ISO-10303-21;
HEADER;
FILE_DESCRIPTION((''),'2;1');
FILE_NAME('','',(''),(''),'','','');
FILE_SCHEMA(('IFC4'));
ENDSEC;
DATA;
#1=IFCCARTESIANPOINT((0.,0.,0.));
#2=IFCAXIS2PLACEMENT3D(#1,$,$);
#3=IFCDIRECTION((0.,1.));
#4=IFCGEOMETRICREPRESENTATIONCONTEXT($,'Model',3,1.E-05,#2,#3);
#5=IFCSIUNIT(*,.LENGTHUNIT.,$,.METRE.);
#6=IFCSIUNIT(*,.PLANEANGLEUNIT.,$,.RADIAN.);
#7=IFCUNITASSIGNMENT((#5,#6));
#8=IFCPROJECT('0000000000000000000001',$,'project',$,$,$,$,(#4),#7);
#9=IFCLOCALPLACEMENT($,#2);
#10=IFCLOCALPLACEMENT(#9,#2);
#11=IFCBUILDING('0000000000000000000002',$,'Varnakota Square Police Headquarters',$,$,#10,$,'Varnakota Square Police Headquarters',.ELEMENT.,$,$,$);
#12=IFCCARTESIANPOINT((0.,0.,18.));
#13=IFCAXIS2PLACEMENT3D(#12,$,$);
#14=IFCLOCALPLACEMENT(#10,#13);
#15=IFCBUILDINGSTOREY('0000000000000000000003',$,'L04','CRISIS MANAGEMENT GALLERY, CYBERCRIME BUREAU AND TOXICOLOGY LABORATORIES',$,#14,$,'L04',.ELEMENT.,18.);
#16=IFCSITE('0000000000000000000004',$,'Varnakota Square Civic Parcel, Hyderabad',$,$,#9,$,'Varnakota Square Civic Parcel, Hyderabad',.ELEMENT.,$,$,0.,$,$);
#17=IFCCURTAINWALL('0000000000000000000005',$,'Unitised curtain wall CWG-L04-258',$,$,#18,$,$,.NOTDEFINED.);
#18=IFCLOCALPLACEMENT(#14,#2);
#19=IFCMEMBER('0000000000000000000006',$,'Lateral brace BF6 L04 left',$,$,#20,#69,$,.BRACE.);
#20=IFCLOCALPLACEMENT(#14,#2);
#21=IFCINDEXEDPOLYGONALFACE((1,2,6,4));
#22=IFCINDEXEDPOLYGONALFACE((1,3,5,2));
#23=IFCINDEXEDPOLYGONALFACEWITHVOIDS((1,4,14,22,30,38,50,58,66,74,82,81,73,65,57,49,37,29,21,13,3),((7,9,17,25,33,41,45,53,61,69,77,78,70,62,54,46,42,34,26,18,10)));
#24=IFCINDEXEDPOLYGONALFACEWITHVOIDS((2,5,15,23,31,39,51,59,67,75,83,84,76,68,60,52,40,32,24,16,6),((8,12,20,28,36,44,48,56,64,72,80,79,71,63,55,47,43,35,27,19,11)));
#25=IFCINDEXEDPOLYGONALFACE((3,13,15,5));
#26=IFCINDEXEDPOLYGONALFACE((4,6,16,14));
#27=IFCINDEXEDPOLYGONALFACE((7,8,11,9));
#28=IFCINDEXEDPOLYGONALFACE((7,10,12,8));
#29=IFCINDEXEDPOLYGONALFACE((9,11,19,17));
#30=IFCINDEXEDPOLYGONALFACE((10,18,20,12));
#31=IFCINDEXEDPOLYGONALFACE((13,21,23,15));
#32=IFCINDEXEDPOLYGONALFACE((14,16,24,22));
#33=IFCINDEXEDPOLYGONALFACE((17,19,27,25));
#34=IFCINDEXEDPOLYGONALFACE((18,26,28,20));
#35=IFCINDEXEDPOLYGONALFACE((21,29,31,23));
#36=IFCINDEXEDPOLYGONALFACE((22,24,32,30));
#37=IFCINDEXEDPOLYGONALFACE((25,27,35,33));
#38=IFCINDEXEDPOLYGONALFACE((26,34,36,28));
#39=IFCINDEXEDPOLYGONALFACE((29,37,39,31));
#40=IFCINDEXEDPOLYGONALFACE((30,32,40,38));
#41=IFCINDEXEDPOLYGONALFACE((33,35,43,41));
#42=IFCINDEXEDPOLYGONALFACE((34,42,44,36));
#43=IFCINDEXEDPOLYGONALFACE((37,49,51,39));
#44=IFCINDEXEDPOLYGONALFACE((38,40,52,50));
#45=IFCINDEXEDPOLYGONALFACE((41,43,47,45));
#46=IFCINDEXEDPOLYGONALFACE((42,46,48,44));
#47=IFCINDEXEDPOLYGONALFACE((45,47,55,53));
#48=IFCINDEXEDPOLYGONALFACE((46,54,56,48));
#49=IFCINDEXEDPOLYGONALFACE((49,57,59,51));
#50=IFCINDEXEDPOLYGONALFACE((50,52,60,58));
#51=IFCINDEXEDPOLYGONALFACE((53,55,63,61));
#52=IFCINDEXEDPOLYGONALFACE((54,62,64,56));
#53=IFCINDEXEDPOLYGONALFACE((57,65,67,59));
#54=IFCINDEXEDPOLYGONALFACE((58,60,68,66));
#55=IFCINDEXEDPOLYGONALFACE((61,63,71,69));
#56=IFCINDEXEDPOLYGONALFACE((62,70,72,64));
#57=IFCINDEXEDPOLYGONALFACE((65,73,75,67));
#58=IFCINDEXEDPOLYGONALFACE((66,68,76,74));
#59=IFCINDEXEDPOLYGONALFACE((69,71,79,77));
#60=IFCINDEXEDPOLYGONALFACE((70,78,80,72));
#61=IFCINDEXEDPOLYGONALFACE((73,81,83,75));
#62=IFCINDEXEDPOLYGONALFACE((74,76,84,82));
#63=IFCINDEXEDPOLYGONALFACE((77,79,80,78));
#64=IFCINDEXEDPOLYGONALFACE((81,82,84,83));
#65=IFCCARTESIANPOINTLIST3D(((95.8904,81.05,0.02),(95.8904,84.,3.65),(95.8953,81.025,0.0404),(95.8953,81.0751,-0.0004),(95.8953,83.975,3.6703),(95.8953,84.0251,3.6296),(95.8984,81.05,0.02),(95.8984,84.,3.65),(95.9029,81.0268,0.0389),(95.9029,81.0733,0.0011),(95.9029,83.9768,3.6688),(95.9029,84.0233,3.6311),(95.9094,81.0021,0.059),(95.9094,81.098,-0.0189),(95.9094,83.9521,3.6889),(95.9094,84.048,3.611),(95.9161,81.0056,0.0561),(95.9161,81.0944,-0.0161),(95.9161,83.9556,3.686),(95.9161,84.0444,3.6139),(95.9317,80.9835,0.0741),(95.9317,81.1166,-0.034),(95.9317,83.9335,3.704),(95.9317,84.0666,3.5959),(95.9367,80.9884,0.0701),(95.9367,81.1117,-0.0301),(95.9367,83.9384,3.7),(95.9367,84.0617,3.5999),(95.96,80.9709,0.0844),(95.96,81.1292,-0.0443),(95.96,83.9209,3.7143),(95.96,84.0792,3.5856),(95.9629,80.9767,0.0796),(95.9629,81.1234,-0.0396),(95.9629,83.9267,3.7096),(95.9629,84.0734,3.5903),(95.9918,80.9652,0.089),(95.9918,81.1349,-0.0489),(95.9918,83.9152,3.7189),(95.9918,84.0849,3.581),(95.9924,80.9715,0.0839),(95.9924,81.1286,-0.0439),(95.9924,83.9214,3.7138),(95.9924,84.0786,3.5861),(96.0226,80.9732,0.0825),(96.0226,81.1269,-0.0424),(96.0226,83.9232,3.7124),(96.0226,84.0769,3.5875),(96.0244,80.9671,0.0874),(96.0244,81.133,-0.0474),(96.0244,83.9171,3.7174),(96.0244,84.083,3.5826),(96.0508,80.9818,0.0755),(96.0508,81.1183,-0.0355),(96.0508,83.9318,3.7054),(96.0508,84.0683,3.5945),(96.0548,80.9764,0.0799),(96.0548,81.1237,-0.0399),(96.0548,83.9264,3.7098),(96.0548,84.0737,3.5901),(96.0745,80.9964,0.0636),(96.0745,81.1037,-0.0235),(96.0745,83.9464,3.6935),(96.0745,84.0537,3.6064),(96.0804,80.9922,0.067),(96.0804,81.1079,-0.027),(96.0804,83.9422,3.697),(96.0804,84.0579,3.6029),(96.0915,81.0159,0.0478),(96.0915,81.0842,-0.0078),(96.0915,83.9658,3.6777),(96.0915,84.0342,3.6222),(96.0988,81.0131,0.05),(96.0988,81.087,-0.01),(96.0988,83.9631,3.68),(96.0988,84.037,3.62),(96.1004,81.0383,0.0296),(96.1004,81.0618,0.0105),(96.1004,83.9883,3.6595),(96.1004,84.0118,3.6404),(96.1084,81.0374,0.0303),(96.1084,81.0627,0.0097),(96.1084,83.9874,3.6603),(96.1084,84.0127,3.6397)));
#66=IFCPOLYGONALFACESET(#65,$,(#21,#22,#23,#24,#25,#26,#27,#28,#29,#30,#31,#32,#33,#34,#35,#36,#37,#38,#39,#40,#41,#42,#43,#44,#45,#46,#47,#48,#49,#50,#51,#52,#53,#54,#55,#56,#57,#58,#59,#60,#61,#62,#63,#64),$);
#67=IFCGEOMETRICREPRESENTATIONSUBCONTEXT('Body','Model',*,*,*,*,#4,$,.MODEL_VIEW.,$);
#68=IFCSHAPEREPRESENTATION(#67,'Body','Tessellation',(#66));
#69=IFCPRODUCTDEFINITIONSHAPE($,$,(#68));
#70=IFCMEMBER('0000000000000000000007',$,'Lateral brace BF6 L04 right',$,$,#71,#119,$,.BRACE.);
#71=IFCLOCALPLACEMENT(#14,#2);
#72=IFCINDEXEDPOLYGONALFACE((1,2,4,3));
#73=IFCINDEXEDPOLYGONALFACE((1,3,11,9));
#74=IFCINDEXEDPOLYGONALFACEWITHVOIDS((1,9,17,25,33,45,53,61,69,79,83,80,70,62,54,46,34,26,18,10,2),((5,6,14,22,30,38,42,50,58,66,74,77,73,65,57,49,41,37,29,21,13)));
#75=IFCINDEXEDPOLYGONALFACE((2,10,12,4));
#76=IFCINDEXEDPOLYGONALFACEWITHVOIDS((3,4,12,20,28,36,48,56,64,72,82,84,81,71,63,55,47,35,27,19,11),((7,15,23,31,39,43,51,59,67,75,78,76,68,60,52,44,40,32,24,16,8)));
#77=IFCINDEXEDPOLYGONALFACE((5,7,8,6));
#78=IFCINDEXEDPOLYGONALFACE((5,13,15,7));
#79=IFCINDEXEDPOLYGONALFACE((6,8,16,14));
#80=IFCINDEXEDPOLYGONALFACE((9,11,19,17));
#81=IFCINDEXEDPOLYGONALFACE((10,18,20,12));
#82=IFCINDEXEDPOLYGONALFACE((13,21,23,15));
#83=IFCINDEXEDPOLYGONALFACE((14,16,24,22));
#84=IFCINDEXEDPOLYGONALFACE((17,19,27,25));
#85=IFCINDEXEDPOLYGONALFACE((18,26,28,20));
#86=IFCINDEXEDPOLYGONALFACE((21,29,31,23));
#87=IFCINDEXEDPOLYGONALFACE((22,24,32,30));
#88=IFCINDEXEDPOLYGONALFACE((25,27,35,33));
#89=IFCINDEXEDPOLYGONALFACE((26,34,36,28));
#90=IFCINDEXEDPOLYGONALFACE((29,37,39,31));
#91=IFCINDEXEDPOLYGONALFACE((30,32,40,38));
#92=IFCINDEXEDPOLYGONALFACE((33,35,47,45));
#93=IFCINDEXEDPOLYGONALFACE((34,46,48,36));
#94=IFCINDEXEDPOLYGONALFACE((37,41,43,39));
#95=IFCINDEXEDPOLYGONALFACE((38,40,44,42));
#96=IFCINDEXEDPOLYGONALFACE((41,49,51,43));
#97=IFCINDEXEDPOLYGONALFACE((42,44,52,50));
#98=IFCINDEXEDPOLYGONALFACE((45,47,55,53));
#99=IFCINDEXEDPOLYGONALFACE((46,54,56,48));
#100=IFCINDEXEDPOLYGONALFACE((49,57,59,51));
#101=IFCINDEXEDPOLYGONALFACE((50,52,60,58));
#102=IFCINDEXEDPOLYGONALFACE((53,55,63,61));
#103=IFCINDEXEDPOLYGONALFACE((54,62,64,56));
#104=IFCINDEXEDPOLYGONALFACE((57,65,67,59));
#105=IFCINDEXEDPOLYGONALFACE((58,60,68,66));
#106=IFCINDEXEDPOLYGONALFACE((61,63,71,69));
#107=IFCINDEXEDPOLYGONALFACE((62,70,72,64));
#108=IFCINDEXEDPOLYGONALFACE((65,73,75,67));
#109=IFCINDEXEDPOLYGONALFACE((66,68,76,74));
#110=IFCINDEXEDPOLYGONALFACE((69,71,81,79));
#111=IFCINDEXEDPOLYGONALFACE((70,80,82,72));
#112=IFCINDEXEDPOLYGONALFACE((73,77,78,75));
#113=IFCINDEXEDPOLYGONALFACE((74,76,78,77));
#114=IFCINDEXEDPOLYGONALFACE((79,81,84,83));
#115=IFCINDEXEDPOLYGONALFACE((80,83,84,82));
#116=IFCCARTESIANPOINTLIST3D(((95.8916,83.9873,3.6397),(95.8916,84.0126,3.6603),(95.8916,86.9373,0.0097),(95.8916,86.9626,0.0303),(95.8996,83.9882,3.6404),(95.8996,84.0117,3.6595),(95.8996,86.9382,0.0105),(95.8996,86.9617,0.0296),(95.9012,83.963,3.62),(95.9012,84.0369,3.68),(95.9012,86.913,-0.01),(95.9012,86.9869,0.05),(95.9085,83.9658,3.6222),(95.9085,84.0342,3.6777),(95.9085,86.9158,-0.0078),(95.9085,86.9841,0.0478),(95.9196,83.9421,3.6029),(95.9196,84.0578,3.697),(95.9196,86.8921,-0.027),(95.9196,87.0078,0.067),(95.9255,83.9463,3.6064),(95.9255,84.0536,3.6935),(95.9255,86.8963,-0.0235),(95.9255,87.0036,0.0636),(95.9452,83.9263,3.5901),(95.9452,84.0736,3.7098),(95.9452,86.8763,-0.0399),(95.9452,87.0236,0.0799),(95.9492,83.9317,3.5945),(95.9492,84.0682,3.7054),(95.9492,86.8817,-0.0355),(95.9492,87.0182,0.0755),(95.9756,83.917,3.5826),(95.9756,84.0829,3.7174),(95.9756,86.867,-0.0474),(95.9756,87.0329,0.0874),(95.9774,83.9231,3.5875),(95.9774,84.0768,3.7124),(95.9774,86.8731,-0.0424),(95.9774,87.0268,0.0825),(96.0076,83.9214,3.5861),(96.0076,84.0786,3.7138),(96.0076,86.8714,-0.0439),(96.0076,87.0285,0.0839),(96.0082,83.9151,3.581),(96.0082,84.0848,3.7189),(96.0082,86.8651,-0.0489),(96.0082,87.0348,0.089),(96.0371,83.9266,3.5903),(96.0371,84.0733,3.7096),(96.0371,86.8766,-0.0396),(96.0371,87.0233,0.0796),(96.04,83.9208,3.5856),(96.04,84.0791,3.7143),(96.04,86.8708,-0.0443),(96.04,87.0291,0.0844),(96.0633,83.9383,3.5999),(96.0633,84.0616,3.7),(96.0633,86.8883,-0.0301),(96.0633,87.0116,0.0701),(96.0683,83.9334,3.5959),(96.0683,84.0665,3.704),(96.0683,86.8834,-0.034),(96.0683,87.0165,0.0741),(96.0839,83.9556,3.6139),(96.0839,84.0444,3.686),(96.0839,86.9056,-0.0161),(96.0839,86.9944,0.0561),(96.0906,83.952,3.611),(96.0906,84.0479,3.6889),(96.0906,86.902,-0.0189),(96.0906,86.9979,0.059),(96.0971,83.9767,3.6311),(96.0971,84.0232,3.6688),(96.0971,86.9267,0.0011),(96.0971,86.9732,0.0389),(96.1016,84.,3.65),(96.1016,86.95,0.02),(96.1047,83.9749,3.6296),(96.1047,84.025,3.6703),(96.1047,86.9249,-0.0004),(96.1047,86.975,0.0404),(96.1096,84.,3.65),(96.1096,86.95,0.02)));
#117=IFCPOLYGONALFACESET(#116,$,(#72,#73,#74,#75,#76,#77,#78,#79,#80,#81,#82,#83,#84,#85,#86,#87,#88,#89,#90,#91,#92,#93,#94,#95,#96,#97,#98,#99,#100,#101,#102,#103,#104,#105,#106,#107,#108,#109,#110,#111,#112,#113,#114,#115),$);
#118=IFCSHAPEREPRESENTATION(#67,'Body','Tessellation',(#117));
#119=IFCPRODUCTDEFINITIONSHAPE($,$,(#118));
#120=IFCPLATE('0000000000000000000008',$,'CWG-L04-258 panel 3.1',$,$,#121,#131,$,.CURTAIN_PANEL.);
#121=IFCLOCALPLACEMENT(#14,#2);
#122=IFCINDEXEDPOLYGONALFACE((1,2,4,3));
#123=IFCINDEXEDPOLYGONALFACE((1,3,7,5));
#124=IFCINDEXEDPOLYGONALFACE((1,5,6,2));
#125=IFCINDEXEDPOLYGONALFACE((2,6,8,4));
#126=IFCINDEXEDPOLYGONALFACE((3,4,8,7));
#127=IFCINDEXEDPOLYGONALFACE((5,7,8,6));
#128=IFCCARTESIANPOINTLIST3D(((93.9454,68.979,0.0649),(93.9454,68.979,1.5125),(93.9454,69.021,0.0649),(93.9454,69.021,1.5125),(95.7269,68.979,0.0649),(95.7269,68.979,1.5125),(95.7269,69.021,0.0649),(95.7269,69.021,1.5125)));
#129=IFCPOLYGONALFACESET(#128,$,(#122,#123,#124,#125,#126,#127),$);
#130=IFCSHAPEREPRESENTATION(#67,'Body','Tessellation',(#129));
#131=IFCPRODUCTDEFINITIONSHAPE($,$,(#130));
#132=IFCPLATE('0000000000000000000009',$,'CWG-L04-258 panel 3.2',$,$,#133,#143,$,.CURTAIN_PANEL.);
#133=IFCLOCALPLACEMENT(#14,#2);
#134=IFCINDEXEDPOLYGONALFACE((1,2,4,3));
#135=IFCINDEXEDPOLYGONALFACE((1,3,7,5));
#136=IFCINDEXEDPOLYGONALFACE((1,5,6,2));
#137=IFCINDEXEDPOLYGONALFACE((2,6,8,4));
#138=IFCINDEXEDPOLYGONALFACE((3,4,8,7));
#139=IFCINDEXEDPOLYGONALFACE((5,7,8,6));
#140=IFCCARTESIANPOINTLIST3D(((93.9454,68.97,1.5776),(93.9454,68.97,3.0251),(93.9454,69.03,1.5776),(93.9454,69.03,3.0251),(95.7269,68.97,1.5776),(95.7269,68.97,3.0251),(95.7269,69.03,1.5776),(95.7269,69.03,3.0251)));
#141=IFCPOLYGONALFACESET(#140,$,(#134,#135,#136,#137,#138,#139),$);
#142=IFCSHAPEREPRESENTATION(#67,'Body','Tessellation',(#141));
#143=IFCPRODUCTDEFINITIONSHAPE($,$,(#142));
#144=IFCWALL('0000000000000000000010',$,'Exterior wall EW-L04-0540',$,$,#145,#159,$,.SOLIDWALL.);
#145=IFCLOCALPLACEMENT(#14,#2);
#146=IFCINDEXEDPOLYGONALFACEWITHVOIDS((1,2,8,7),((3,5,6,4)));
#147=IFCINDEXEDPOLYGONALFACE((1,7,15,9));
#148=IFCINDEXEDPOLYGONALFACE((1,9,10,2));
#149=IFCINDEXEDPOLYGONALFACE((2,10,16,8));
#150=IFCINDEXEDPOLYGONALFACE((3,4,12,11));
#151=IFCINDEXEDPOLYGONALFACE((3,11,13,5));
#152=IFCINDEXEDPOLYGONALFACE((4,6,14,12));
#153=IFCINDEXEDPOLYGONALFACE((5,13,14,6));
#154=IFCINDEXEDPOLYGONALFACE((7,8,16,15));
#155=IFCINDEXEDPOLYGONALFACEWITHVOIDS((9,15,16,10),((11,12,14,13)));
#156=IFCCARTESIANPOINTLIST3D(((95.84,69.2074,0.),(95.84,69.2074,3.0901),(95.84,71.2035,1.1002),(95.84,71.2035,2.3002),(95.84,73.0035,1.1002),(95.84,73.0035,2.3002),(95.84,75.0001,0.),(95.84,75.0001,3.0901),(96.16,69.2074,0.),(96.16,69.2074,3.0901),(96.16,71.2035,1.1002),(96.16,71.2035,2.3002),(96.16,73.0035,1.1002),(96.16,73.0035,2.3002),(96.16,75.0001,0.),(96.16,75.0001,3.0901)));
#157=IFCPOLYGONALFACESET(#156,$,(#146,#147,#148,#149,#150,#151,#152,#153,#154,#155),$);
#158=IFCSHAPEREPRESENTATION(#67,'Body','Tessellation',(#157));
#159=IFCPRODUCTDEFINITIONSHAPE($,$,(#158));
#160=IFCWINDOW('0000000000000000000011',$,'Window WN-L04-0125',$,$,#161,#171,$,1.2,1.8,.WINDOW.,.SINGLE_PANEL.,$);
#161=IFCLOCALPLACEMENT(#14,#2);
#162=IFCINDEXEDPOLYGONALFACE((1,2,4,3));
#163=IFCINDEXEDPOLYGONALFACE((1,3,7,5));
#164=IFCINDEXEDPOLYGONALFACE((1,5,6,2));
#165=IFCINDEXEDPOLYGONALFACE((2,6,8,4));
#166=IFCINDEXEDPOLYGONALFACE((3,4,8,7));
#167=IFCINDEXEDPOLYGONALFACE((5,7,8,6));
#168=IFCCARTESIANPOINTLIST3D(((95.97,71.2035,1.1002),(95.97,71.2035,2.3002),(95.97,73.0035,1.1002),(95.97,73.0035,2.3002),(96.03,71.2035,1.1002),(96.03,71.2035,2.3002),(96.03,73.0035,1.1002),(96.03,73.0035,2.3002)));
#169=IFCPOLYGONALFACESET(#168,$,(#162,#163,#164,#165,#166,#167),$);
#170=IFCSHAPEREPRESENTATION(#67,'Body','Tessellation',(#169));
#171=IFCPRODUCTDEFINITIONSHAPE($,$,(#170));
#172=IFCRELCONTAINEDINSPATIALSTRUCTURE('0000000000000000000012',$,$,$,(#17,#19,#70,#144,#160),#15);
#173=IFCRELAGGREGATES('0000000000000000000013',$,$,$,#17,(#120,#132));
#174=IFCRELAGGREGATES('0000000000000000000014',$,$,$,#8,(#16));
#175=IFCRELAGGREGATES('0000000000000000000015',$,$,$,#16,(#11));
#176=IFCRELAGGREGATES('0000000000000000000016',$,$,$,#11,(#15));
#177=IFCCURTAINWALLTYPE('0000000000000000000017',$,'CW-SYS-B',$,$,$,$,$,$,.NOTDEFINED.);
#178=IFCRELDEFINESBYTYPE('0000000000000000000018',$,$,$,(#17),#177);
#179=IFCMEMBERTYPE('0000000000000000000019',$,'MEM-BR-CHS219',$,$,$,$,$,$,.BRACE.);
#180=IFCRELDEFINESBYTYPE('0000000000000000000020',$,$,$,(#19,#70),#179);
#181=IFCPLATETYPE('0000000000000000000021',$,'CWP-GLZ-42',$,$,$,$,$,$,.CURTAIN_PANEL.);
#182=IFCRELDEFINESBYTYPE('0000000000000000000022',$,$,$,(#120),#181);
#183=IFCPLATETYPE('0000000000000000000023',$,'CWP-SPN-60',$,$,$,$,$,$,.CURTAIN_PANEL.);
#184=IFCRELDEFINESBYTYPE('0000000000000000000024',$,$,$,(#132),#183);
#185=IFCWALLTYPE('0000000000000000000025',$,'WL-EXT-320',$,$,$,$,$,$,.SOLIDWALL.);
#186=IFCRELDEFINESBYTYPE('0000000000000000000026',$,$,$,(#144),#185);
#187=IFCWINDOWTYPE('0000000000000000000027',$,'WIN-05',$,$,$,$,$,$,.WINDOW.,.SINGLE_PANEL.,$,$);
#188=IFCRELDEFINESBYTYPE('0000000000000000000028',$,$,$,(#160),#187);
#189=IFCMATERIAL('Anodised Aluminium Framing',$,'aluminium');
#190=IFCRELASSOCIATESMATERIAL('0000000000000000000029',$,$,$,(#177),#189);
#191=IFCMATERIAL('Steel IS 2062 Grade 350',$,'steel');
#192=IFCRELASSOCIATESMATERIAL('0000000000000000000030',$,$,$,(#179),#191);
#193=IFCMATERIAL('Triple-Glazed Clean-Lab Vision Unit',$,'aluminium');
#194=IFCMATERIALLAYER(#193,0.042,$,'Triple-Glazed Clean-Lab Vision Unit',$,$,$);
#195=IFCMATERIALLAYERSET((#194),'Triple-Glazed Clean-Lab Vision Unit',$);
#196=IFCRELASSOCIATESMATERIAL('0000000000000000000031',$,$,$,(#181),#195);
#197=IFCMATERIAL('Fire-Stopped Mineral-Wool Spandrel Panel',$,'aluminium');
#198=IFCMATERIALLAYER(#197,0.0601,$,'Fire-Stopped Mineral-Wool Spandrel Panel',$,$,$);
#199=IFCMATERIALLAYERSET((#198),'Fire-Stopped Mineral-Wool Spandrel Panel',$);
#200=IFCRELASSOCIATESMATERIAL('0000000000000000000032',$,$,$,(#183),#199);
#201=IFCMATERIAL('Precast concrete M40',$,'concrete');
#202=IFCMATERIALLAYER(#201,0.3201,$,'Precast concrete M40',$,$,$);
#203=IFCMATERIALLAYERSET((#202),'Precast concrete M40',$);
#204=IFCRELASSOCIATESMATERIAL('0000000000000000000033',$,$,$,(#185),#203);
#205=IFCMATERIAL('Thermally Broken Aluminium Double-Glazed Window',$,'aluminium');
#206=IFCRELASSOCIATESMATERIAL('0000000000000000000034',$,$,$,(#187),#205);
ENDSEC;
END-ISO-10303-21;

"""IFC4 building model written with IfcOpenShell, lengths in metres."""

from ifc_helpers import new_model, si_unit, direction, frame, frame_2d, origin, origin_2d, place, context, subcontext, project, spatial, rectangle, hollow_circle, extrude, material, layer, layer_set, material_profile, profile_set, type_object, element, fill, aggregate, save


model = new_model("IFC4")

# Units and contexts
model_context = context("Model", 3, precision=1e-05, world=origin(), true_north=direction((0.0, 1.0)))
body_context = subcontext(model_context, "Body", "Model", "MODEL_VIEW")
ifc_project = project(units=[si_unit("LENGTHUNIT", "METRE"), si_unit("PLANEANGLEUNIT", "RADIAN")], contexts=[model_context])

# Site, building, storey
site_placement = place(None, origin())
site = spatial("IfcSite", under=ifc_project, at=site_placement, Name="Varnakota Square Civic Parcel, Hyderabad", LongName="Varnakota Square Civic Parcel, Hyderabad", CompositionType="ELEMENT", RefElevation=0.0)
building_placement = place(site_placement, origin())
building = spatial("IfcBuilding", under=site, at=building_placement, Name="Varnakota Square Police Headquarters", LongName="Varnakota Square Police Headquarters", CompositionType="ELEMENT")
storey_placement = place(building_placement, frame((0.0, 0.0, 18.0)))
storey = spatial("IfcBuildingStorey", under=building, at=storey_placement, Name="L04", Description="CRISIS MANAGEMENT GALLERY, CYBERCRIME BUREAU AND TOXICOLOGY LABORATORIES", LongName="L04", CompositionType="ELEMENT", Elevation=18.0)

# Shared definitions
ifc_material_1 = material(Name="Steel IS 2062 Grade 350", Category="steel")

# Curtain wall
ifc_material_2 = material(Name="Anodised Aluminium Framing", Category="aluminium")
curtain_wall_type = type_object("IfcCurtainWallType", Name="CW-SYS-B", PredefinedType="NOTDEFINED", material=ifc_material_2)
curtain_wall_placement = place(storey_placement, origin())
curtain_wall = element("IfcCurtainWall", 1, at=curtain_wall_placement, inside=storey, type_object=curtain_wall_type, Name="Unitised curtain wall CWG-L04-258", PredefinedType="NOTDEFINED")

# Members
ifc_material_profile_1 = material_profile(ifc_material_1, hollow_circle(Radius=0.1096, WallThickness=0.0081, at=origin_2d()), Name="CHS 219.1x8.0")
ifc_profile_set_1 = profile_set([ifc_material_profile_1], Name="Steel IS 2062 Grade 350")
member_type_1 = type_object("IfcMemberType", Name="MEM-BR-CHS219", PredefinedType="BRACE", material=ifc_profile_set_1)
for number, where, z_axis, x_axis, name in (
    (2, (96.0, 81.05, 0.02), (0.0, 0.630679, 0.776044), (-1.0, 0.0, 0.0), "Lateral brace BF6 L04 left"),
    (3, (96.0, 86.95, 0.02), (0.0, -0.630679, 0.776044), (1.0, 0.0, 0.0), "Lateral brace BF6 L04 right"),
):
    element("IfcMember", number, at=place(storey_placement, frame(where, z_axis=z_axis, x_axis=x_axis)), inside=storey, type_object=member_type_1, Name=name, PredefinedType="BRACE", context=body_context, shape_type="SweptSolid", body=[
        extrude(hollow_circle(Radius=0.1096, WallThickness=0.0081, at=origin_2d()), origin(), (0.0, 0.0, 1.0), 4.6775),
    ])

# Plates
ifc_material_3 = material(Name="Triple-Glazed Clean-Lab Vision Unit", Category="aluminium")
ifc_layer_1 = layer(ifc_material_3, 0.042, Name="Triple-Glazed Clean-Lab Vision Unit")
ifc_layer_set_1 = layer_set([ifc_layer_1], Name="Triple-Glazed Clean-Lab Vision Unit")
plate_type_1 = type_object("IfcPlateType", Name="CWP-GLZ-42", PredefinedType="CURTAIN_PANEL", material=ifc_layer_set_1)
plate_1_placement = place(storey_placement, frame((94.8362, 69.0, 0.0649), z_axis=(0.0, 0.0, 1.0), x_axis=(1.0, 0.0, 0.0)))
plate_1 = element("IfcPlate", 4, at=plate_1_placement, type_object=plate_type_1, Name="CWG-L04-258 panel 3.1", PredefinedType="CURTAIN_PANEL", context=body_context, shape_type="SweptSolid", body=[
    extrude(rectangle(XDim=1.7815, YDim=0.042, at=origin_2d()), origin(), (0.0, 0.0, 1.0), 1.4475),
])
ifc_material_4 = material(Name="Fire-Stopped Mineral-Wool Spandrel Panel", Category="aluminium")
ifc_layer_2 = layer(ifc_material_4, 0.0601, Name="Fire-Stopped Mineral-Wool Spandrel Panel")
ifc_layer_set_2 = layer_set([ifc_layer_2], Name="Fire-Stopped Mineral-Wool Spandrel Panel")
plate_type_2 = type_object("IfcPlateType", Name="CWP-SPN-60", PredefinedType="CURTAIN_PANEL", material=ifc_layer_set_2)
plate_2_placement = place(storey_placement, frame((94.8362, 69.0, 1.5776), z_axis=(0.0, 0.0, 1.0), x_axis=(1.0, 0.0, 0.0)))
plate_2 = element("IfcPlate", 5, at=plate_2_placement, type_object=plate_type_2, Name="CWG-L04-258 panel 3.2", PredefinedType="CURTAIN_PANEL", context=body_context, shape_type="SweptSolid", body=[
    extrude(rectangle(XDim=1.7815, YDim=0.0601, at=origin_2d()), origin(), (0.0, 0.0, 1.0), 1.4475),
])
aggregate(curtain_wall, [plate_1, plate_2])

# Wall, opening, window
ifc_material_5 = material(Name="Precast concrete M40", Category="concrete")
ifc_layer_3 = layer(ifc_material_5, 0.3201, Name="Precast concrete M40")
ifc_layer_set_3 = layer_set([ifc_layer_3], Name="Precast concrete M40")
wall_type_1 = type_object("IfcWallType", Name="WL-EXT-320", PredefinedType="SOLIDWALL", material=ifc_layer_set_3)
wall_1_placement = place(storey_placement, frame((96.0, 69.2073, 0.0), z_axis=(0.0, 0.0, 1.0), x_axis=(0.0, 1.0, 0.0)))
wall_1 = element("IfcWall", 6, at=wall_1_placement, inside=storey, type_object=wall_type_1, Name="Exterior wall EW-L04-0540", PredefinedType="SOLIDWALL", context=body_context, shape_type="SweptSolid", body=[
    extrude(rectangle(XDim=5.7927, YDim=0.3201, at=frame_2d((2.8965, 0.0))), origin(), (0.0, 0.0, 1.0), 3.0901),
])
opening_1_placement = place(wall_1_placement, frame((1.9963, 0.0, 1.1001)))
opening_1 = element("IfcOpeningElement", 7, at=opening_1_placement, cuts=wall_1, PredefinedType="OPENING", context=body_context, shape_type="SweptSolid", body=[
    extrude(rectangle(XDim=1.8, YDim=1.2, at=frame_2d((0.8999, 0.6001))), frame((0.0, 0.1699, 0.0), z_axis=(0.0, -1.0, 0.0), x_axis=(1.0, 0.0, 0.0)), (0.0, 0.0, 1.0), 0.3401),
])
ifc_material_6 = material(Name="Thermally Broken Aluminium Double-Glazed Window", Category="aluminium")
window_type = type_object("IfcWindowType", Name="WIN-05", PartitioningType="SINGLE_PANEL", PredefinedType="WINDOW", material=ifc_material_6)
window_1_placement = place(opening_1_placement, origin())
window_1 = element("IfcWindow", 8, at=window_1_placement, inside=storey, type_object=window_type, Name="Window WN-L04-0125", OverallHeight=1.2, OverallWidth=1.8, PartitioningType="SINGLE_PANEL", PredefinedType="WINDOW", context=body_context, shape_type="SweptSolid", body=[
    extrude(rectangle(XDim=1.8, YDim=1.2, at=frame_2d((0.8999, 0.6001))), frame((0.0, 0.03, 0.0), z_axis=(0.0, -1.0, 0.0), x_axis=(1.0, 0.0, 0.0)), (0.0, 0.0, 1.0), 0.0601),
])
fill(opening_1, window_1)

save(model, "model.ifc")
